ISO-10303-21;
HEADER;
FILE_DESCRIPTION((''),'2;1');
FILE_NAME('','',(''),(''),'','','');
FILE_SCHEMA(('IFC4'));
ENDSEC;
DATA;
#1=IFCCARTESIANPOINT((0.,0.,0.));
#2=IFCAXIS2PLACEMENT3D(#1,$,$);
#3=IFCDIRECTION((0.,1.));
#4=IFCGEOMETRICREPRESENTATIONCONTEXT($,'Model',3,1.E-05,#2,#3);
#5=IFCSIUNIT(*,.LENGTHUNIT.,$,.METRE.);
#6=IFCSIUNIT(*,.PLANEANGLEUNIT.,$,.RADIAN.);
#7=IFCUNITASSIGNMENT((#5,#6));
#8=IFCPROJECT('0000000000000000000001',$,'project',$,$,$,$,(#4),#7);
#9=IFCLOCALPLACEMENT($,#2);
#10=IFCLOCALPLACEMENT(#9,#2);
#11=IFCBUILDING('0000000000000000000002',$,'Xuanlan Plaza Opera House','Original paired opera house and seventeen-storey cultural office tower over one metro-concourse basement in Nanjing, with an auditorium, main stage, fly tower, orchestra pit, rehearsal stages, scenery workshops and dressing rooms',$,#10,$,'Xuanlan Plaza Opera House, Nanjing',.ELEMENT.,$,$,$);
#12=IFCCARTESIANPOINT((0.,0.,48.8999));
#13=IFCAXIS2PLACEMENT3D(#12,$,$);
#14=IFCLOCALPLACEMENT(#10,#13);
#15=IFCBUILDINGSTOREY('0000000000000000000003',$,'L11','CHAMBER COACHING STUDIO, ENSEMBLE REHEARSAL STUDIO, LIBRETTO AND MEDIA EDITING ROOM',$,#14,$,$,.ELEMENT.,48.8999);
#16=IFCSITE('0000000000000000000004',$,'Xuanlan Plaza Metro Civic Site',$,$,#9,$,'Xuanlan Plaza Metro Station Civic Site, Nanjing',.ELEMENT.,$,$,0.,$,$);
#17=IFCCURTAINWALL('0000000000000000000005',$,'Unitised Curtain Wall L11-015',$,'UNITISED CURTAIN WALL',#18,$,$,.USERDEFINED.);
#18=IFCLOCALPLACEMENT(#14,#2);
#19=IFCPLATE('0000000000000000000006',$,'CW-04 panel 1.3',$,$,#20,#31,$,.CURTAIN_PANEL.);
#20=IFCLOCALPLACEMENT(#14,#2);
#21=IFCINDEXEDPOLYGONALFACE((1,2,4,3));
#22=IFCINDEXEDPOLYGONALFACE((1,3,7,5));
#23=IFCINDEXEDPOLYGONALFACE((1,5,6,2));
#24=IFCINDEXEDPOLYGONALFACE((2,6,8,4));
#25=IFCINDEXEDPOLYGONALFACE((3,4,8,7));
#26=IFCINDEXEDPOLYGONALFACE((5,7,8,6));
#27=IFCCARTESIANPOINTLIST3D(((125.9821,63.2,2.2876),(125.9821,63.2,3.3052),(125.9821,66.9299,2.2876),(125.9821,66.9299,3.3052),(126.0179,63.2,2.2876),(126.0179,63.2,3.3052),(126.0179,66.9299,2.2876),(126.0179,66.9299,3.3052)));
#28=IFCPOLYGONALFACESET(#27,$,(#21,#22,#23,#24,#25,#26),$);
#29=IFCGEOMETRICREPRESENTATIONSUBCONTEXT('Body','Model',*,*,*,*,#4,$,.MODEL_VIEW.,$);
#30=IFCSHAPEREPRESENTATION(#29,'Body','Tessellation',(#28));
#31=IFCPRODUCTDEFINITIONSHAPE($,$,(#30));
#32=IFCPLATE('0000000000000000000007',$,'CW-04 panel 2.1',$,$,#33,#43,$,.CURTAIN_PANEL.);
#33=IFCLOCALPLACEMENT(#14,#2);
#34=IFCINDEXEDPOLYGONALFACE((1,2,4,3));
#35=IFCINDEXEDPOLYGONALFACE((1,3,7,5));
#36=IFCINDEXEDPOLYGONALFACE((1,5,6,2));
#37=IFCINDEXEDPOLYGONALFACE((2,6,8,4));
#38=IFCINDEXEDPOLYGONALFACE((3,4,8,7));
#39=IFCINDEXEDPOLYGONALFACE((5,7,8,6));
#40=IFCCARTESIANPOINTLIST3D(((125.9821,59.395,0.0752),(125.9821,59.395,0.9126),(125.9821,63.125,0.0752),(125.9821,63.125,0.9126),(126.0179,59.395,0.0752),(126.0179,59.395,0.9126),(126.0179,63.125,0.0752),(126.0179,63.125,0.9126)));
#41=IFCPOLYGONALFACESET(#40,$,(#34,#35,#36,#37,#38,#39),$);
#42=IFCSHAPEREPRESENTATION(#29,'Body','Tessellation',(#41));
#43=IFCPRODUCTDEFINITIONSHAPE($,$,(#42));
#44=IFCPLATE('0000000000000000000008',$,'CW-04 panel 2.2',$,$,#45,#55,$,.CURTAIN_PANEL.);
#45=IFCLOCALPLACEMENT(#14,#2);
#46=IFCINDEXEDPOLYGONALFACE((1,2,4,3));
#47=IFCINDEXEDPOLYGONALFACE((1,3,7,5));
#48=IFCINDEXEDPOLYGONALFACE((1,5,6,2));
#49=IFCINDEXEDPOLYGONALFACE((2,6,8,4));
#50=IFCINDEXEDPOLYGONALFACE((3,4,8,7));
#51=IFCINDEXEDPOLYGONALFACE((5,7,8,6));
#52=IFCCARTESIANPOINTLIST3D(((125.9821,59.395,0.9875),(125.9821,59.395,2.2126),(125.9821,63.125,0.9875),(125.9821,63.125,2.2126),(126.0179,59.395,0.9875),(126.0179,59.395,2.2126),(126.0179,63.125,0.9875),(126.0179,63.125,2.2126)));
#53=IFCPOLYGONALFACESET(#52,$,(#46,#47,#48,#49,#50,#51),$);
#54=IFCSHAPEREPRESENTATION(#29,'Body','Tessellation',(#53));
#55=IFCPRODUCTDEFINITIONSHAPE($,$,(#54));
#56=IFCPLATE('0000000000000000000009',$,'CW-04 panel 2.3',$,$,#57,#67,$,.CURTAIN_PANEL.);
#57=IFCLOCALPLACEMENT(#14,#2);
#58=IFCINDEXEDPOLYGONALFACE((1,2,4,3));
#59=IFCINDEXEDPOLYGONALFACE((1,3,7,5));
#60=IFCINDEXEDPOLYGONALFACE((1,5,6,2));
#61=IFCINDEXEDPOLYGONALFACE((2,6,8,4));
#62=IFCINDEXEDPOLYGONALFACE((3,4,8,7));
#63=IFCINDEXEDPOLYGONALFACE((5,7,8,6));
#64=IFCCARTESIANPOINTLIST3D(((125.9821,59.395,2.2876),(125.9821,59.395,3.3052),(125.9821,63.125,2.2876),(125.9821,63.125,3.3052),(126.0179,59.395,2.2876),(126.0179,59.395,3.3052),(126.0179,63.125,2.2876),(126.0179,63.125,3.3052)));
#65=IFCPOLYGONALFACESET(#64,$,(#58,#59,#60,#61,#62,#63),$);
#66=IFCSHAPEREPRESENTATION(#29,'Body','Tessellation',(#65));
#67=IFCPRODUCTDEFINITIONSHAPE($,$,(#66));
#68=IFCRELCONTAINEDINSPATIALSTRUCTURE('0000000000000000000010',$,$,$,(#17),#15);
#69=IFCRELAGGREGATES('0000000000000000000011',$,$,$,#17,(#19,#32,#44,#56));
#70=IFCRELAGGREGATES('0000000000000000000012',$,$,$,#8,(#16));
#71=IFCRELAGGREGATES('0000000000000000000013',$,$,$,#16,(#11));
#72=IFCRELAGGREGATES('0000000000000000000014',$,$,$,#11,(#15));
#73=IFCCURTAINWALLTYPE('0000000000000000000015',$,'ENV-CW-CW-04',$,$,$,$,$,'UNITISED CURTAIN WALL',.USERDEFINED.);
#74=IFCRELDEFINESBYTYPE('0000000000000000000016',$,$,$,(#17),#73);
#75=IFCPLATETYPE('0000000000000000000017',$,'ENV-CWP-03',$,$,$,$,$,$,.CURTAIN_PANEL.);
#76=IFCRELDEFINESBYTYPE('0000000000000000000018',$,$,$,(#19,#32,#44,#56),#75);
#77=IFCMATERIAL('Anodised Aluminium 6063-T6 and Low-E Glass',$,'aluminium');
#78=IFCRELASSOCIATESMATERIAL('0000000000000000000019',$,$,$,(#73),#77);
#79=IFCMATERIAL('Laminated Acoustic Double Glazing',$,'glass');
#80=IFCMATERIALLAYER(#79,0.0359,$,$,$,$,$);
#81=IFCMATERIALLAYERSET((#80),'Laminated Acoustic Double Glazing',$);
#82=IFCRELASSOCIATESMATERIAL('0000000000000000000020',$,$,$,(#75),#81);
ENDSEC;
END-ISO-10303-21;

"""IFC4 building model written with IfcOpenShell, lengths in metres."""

from ifc_helpers import new_model, si_unit, direction, frame, origin, origin_2d, place, context, subcontext, project, spatial, rectangle, extrude, material, layer, layer_set, type_object, element, aggregate, save


model = new_model("IFC4")

# Units and contexts
model_context = context("Model", 3, precision=1e-05, world=origin(), true_north=direction((0.0, 1.0)))
body_context = subcontext(model_context, "Body", "Model", "MODEL_VIEW")
ifc_project = project(units=[si_unit("LENGTHUNIT", "METRE"), si_unit("PLANEANGLEUNIT", "RADIAN")], contexts=[model_context])

# Site, building, storey
site_placement = place(None, origin())
site = spatial("IfcSite", under=ifc_project, at=site_placement, Name="Xuanlan Plaza Metro Civic Site", LongName="Xuanlan Plaza Metro Station Civic Site, Nanjing", CompositionType="ELEMENT", RefElevation=0.0)
building_placement = place(site_placement, origin())
building = spatial("IfcBuilding", under=site, at=building_placement, Name="Xuanlan Plaza Opera House", Description="Original paired opera house and seventeen-storey cultural office tower over one metro-concourse basement in Nanjing, with an auditorium, main stage, fly tower, orchestra pit, rehearsal stages, scenery workshops and dressing rooms", LongName="Xuanlan Plaza Opera House, Nanjing", CompositionType="ELEMENT")
storey_placement = place(building_placement, frame((0.0, 0.0, 48.8999)))
storey = spatial("IfcBuildingStorey", under=building, at=storey_placement, Name="L11", Description="CHAMBER COACHING STUDIO, ENSEMBLE REHEARSAL STUDIO, LIBRETTO AND MEDIA EDITING ROOM", CompositionType="ELEMENT", Elevation=48.8999)

# Curtain wall
ifc_material_1 = material(Name="Anodised Aluminium 6063-T6 and Low-E Glass", Category="aluminium")
curtain_wall_type_1 = type_object("IfcCurtainWallType", Name="ENV-CW-CW-04", ElementType="UNITISED CURTAIN WALL", PredefinedType="USERDEFINED", material=ifc_material_1)
curtain_wall_1_placement = place(storey_placement, origin())
curtain_wall_1 = element("IfcCurtainWall", 1, at=curtain_wall_1_placement, inside=storey, type_object=curtain_wall_type_1, Name="Unitised Curtain Wall L11-015", ObjectType="UNITISED CURTAIN WALL", PredefinedType="USERDEFINED")

# Plates
ifc_material_2 = material(Name="Laminated Acoustic Double Glazing", Category="glass")
ifc_layer_1 = layer(ifc_material_2, 0.0359)
ifc_layer_set_1 = layer_set([ifc_layer_1], Name="Laminated Acoustic Double Glazing")
plate_type_1 = type_object("IfcPlateType", Name="ENV-CWP-03", PredefinedType="CURTAIN_PANEL", material=ifc_layer_set_1)
plate_1_placement = place(storey_placement, frame((126.0, 65.0649, 2.2876), z_axis=(0.0, 0.0, 1.0), x_axis=(0.0, -1.0, 0.0)))
plate_1 = element("IfcPlate", 2, at=plate_1_placement, type_object=plate_type_1, Name="CW-04 panel 1.3", PredefinedType="CURTAIN_PANEL", context=body_context, shape_type="SweptSolid", body=[
    extrude(rectangle(XDim=3.73, YDim=0.0359, at=origin_2d()), origin(), (0.0, 0.0, 1.0), 1.0176),
])
plate_2_placement = place(storey_placement, frame((126.0, 61.26, 0.0752), z_axis=(0.0, 0.0, 1.0), x_axis=(0.0, -1.0, 0.0)))
plate_2 = element("IfcPlate", 3, at=plate_2_placement, type_object=plate_type_1, Name="CW-04 panel 2.1", PredefinedType="CURTAIN_PANEL", context=body_context, shape_type="SweptSolid", body=[
    extrude(rectangle(XDim=3.73, YDim=0.0359, at=origin_2d()), origin(), (0.0, 0.0, 1.0), 0.8374),
])
plate_3_placement = place(storey_placement, frame((126.0, 61.26, 0.9875), z_axis=(0.0, 0.0, 1.0), x_axis=(0.0, -1.0, 0.0)))
plate_3 = element("IfcPlate", 4, at=plate_3_placement, type_object=plate_type_1, Name="CW-04 panel 2.2", PredefinedType="CURTAIN_PANEL", context=body_context, shape_type="SweptSolid", body=[
    extrude(rectangle(XDim=3.73, YDim=0.0359, at=origin_2d()), origin(), (0.0, 0.0, 1.0), 1.2251),
])
plate_4_placement = place(storey_placement, frame((126.0, 61.26, 2.2876), z_axis=(0.0, 0.0, 1.0), x_axis=(0.0, -1.0, 0.0)))
plate_4 = element("IfcPlate", 5, at=plate_4_placement, type_object=plate_type_1, Name="CW-04 panel 2.3", PredefinedType="CURTAIN_PANEL", context=body_context, shape_type="SweptSolid", body=[
    extrude(rectangle(XDim=3.73, YDim=0.0359, at=origin_2d()), origin(), (0.0, 0.0, 1.0), 1.0176),
])
aggregate(curtain_wall_1, [plate_1, plate_2, plate_3, plate_4])

save(model, "model.ifc")
